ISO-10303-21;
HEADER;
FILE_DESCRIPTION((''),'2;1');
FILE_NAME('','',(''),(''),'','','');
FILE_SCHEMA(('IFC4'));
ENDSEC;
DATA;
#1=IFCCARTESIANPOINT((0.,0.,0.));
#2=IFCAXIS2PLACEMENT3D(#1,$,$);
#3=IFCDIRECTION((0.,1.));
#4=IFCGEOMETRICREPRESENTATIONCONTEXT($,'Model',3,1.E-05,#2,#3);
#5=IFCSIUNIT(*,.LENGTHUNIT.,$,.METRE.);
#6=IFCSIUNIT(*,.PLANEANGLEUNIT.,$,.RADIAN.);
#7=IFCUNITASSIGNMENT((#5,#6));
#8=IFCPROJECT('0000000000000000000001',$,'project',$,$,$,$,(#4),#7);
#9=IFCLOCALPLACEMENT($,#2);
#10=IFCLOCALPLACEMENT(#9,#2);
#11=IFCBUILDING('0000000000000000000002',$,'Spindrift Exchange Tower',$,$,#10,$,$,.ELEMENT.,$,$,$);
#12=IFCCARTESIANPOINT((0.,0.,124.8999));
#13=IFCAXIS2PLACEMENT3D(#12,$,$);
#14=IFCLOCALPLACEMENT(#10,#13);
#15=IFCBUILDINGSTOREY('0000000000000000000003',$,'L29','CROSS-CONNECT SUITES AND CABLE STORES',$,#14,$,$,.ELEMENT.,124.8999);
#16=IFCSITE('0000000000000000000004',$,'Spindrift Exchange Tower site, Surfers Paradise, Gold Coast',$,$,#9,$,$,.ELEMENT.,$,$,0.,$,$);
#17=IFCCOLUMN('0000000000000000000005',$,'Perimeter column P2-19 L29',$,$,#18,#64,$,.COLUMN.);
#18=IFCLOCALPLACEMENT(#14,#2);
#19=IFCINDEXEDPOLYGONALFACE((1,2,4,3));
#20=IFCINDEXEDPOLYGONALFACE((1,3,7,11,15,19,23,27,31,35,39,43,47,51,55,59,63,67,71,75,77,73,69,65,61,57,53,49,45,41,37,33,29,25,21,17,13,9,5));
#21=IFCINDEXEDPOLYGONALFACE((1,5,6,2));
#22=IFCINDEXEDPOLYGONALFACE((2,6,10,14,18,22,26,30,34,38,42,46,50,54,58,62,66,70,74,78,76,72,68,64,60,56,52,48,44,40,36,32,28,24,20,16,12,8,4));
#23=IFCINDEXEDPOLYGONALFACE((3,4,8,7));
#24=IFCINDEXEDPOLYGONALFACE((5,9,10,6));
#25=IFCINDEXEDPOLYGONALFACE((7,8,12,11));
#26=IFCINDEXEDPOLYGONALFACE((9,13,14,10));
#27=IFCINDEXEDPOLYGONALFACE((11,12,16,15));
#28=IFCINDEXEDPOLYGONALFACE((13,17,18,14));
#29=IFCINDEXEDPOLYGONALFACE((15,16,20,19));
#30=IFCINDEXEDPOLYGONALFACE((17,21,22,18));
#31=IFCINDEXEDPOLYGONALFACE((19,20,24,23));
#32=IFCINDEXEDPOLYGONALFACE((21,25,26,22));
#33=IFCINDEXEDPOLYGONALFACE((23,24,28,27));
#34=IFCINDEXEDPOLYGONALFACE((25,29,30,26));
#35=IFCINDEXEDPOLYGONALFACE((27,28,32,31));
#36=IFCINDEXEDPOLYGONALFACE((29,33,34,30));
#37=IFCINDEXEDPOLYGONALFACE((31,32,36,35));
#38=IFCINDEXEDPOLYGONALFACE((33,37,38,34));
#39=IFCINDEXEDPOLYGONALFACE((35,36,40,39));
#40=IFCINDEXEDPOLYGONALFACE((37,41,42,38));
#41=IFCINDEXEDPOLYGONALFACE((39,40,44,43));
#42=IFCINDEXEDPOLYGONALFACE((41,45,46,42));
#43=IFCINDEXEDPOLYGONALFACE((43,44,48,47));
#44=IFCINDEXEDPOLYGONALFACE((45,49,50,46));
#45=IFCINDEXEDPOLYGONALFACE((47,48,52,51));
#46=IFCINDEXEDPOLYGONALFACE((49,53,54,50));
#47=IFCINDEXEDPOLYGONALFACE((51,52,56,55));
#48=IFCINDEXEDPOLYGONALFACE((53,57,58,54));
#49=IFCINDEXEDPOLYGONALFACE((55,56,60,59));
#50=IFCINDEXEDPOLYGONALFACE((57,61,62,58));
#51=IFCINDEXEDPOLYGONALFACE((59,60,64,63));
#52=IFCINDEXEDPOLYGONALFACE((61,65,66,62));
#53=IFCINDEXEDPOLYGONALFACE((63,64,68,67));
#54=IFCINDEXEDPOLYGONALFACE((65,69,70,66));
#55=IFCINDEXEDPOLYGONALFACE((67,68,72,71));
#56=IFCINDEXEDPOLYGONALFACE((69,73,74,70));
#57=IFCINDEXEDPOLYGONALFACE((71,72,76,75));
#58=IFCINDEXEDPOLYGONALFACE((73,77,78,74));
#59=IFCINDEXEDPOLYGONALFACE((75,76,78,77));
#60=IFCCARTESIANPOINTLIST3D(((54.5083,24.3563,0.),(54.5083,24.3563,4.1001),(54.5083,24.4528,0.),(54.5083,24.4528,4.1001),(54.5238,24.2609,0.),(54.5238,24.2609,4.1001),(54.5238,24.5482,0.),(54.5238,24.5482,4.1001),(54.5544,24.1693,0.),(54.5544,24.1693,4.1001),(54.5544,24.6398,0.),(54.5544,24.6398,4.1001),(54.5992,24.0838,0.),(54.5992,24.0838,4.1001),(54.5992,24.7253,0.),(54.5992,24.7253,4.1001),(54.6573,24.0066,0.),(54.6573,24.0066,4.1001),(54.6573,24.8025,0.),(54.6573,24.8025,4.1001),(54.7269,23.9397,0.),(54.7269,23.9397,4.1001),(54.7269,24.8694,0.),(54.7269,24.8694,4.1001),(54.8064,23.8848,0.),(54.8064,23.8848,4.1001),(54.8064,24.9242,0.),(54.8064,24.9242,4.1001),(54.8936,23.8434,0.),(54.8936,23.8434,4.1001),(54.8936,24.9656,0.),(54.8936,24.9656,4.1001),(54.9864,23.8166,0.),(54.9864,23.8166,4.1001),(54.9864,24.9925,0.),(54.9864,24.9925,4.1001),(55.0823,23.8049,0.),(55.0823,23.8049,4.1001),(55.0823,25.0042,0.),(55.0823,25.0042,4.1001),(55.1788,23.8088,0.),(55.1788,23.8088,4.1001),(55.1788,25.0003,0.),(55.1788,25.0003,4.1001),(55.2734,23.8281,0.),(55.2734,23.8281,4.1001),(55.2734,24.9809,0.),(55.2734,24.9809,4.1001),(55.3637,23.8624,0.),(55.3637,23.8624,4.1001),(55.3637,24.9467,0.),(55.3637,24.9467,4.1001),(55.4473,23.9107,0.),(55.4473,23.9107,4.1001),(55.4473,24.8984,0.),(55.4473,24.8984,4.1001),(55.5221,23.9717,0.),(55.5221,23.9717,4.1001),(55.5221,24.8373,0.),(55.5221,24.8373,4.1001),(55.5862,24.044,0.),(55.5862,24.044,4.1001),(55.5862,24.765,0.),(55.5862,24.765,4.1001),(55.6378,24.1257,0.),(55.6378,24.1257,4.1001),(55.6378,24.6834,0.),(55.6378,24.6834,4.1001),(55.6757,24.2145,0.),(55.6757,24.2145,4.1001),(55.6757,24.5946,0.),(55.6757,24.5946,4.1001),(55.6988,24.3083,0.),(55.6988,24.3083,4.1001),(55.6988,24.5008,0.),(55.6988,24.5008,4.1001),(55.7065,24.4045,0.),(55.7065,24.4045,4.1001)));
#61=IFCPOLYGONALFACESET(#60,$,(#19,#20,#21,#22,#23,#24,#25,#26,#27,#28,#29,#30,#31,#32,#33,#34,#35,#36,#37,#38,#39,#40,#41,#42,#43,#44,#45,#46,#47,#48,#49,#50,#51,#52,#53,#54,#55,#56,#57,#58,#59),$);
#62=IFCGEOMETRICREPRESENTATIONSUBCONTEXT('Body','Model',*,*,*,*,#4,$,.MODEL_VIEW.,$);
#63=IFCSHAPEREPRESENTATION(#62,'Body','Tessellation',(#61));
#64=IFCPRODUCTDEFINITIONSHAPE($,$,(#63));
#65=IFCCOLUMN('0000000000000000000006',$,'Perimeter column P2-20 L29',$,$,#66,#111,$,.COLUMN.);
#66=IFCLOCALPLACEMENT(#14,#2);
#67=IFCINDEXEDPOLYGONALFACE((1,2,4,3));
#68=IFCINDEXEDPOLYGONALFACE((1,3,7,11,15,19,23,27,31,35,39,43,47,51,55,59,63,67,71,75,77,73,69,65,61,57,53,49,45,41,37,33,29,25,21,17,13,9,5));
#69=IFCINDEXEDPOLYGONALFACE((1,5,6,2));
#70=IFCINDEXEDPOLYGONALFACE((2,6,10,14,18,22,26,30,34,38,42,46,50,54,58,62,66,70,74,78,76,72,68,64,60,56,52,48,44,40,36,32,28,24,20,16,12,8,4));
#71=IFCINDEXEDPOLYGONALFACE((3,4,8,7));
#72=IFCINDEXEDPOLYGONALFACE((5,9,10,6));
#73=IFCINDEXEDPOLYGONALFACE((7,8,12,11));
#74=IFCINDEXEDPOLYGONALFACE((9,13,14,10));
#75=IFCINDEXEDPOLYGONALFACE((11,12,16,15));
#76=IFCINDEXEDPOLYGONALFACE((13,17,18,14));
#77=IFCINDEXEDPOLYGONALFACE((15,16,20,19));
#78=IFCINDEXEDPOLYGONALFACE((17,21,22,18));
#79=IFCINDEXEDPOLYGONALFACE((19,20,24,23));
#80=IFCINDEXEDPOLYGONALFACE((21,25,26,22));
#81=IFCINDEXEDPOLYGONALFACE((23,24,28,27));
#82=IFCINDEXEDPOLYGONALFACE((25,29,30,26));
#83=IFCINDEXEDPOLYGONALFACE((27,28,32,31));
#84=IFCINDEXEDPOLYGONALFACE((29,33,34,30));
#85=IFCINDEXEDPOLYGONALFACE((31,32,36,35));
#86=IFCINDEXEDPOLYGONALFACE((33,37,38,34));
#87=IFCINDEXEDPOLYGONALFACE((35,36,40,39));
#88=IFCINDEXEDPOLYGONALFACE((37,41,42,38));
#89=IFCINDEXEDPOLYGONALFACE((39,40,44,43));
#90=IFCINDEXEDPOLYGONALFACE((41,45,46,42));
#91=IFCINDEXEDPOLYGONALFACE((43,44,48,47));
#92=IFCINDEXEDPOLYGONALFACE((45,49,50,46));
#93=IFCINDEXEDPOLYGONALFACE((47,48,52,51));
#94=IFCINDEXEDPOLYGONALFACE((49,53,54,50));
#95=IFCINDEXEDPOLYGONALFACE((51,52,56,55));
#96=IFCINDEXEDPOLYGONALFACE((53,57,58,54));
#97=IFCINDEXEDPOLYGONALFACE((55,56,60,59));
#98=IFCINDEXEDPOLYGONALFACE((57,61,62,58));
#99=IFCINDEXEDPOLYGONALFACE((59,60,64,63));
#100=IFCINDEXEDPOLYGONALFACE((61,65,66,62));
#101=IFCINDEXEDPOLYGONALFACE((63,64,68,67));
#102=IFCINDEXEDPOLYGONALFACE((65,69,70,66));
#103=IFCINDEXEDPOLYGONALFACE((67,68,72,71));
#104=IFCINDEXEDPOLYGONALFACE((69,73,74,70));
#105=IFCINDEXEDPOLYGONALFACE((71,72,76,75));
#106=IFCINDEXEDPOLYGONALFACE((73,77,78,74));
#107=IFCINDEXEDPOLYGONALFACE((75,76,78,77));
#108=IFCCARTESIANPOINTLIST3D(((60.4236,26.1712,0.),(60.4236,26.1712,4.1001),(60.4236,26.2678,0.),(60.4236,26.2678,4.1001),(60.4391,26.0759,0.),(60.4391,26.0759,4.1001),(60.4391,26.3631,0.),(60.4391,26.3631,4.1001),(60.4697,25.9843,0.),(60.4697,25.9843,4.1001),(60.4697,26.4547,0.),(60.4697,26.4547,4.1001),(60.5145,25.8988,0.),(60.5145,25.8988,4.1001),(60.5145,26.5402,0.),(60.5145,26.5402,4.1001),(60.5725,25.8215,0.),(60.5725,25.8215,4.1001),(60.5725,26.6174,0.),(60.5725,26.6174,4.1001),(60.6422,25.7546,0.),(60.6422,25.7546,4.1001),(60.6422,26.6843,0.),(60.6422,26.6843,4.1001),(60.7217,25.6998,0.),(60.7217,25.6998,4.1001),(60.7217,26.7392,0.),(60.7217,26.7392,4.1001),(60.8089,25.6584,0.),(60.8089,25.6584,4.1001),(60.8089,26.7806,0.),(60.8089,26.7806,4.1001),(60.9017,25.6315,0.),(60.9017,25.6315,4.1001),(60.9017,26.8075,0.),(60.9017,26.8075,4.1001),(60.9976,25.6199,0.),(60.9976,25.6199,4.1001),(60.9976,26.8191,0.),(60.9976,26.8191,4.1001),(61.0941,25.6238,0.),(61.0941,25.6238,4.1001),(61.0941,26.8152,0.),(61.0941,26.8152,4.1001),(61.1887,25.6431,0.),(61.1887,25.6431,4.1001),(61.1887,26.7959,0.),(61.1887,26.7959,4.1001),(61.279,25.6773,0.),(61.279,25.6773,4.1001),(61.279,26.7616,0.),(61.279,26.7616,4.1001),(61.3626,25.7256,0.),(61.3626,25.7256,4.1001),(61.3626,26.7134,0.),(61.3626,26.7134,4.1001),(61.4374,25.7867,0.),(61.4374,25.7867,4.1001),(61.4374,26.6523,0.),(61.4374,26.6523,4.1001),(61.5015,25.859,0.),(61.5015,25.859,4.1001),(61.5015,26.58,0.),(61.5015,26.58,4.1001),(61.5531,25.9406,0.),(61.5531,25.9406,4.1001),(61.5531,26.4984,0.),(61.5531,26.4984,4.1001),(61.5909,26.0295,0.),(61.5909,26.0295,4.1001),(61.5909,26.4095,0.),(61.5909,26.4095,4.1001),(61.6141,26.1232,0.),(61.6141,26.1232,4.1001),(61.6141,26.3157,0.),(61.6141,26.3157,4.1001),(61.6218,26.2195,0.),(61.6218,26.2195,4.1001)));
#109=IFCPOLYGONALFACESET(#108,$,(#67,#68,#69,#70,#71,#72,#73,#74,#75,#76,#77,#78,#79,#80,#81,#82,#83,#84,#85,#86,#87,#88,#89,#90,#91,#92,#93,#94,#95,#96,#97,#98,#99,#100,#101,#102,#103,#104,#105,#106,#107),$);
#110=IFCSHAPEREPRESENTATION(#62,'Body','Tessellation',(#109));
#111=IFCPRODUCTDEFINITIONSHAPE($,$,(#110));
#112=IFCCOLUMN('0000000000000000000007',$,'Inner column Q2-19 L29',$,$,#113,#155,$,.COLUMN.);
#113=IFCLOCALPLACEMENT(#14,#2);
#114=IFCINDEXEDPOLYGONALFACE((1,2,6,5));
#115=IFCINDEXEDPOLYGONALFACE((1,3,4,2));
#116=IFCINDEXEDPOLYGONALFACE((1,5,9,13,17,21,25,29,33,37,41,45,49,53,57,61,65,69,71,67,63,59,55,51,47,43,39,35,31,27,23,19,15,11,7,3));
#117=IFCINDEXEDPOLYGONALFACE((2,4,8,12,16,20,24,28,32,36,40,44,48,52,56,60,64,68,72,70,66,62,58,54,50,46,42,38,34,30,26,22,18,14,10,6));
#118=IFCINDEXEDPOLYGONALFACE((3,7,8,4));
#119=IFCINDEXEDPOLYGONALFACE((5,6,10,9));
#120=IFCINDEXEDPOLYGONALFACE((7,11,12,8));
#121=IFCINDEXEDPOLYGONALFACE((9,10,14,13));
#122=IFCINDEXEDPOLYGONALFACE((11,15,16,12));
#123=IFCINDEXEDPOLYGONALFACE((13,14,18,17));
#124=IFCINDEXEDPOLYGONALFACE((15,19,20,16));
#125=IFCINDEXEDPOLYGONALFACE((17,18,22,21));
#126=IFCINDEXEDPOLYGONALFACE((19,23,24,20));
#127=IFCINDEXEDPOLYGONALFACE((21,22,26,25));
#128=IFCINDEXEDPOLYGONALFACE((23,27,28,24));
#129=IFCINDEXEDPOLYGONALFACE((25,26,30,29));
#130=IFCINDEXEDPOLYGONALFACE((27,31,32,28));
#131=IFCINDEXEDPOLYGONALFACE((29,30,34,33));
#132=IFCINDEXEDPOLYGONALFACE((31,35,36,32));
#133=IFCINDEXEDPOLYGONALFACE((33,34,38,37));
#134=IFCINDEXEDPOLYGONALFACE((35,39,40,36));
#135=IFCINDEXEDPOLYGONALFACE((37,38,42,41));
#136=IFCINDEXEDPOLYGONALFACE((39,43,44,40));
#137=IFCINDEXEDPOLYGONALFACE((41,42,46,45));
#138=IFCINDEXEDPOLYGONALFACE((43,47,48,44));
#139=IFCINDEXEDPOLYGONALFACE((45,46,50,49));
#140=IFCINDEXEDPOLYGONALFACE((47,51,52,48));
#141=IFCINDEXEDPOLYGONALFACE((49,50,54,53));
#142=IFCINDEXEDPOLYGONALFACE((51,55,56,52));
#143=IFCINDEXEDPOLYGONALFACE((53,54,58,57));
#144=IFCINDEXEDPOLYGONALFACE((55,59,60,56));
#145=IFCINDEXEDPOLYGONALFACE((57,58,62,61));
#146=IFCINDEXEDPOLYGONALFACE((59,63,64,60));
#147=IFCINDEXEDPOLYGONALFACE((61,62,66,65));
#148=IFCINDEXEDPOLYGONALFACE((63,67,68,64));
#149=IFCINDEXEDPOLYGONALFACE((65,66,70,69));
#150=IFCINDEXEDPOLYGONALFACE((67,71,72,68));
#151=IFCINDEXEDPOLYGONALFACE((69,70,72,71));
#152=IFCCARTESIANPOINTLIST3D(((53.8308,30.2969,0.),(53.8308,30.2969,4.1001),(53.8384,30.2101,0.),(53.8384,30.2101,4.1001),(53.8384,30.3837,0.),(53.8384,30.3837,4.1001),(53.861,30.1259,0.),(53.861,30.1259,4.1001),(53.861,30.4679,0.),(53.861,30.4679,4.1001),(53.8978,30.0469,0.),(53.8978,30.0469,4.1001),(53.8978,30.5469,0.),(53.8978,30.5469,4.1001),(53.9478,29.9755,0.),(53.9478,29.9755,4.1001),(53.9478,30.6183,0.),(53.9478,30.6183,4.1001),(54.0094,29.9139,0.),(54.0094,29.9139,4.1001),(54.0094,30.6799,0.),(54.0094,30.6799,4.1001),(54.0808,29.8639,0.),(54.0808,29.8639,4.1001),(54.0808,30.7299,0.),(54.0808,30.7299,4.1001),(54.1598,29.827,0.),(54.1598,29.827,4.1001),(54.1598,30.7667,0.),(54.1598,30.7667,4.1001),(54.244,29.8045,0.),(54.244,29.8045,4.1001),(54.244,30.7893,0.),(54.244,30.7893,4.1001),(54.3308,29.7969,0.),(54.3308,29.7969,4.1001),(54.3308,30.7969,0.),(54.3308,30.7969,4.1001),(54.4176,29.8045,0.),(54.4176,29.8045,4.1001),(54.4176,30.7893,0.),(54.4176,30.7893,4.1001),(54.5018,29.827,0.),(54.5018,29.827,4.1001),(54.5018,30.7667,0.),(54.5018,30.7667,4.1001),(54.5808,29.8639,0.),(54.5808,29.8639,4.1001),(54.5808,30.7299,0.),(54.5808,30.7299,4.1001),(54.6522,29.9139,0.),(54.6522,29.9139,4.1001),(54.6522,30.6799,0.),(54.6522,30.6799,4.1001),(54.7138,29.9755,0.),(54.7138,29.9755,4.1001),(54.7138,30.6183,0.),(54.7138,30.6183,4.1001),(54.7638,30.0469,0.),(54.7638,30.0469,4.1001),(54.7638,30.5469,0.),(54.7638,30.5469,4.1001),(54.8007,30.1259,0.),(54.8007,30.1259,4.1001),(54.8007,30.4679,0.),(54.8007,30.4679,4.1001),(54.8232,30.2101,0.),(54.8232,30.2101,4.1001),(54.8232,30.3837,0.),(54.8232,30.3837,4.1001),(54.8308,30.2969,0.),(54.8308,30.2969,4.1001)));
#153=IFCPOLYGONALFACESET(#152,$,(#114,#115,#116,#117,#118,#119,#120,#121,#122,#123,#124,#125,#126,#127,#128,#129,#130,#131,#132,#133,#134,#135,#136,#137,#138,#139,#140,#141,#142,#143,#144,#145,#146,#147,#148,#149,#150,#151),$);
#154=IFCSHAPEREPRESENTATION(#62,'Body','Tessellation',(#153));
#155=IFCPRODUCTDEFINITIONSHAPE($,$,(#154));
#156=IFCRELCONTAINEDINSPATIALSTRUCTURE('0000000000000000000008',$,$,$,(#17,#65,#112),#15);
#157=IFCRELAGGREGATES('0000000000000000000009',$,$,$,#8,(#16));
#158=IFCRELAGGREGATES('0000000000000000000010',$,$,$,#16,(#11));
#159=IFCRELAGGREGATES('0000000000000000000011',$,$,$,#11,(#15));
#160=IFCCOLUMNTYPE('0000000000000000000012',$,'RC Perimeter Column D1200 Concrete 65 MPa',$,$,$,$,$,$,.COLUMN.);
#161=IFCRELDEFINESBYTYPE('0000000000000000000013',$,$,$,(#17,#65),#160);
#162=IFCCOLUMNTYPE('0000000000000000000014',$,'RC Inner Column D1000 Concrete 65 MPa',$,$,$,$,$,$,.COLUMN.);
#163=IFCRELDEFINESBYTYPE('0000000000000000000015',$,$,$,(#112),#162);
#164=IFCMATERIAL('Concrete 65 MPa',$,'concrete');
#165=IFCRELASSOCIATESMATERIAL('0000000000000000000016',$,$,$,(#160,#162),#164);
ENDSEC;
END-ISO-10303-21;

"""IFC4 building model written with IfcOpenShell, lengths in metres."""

from ifc_helpers import new_model, si_unit, direction, frame, origin, origin_2d, place, context, subcontext, project, spatial, circle, extrude, source, transform, mapped, material, material_profile, profile_set, type_object, element, save


model = new_model("IFC4")

# Units and contexts
model_context = context("Model", 3, precision=1e-05, world=origin(), true_north=direction((0.0, 1.0)))
body_context = subcontext(model_context, "Body", "Model", "MODEL_VIEW")
ifc_project = project(units=[si_unit("LENGTHUNIT", "METRE"), si_unit("PLANEANGLEUNIT", "RADIAN")], contexts=[model_context])

# Site, building, storey
site_placement = place(None, origin())
site = spatial("IfcSite", under=ifc_project, at=site_placement, Name="Spindrift Exchange Tower site, Surfers Paradise, Gold Coast", CompositionType="ELEMENT", RefElevation=0.0)
building_placement = place(site_placement, origin())
building = spatial("IfcBuilding", under=site, at=building_placement, Name="Spindrift Exchange Tower", CompositionType="ELEMENT")
storey_placement = place(building_placement, frame((0.0, 0.0, 124.8999)))
storey = spatial("IfcBuildingStorey", under=building, at=storey_placement, Name="L29", Description="CROSS-CONNECT SUITES AND CABLE STORES", CompositionType="ELEMENT", Elevation=124.8999)

# Columns
ifc_material_1 = material(Name="Concrete 65 MPa", Category="concrete")
ifc_material_profile_1 = material_profile(ifc_material_1, circle(Radius=0.6001, at=origin_2d()), Name="RC D1200")
ifc_profile_set_1 = profile_set([ifc_material_profile_1], Name="Concrete 65 MPa")
column_type_1 = type_object("IfcColumnType", Name="RC Perimeter Column D1200 Concrete 65 MPa", PredefinedType="COLUMN", material=ifc_profile_set_1)
shared_shape_1 = source(origin(), body_context, "Body", "SweptSolid", [
    extrude(circle(Radius=0.6001, at=origin_2d()), origin(), (0.0, 0.0, 1.0), 4.1001),
])
for number, where, z_axis, x_axis, name in (
    (1, (55.1064, 24.4045, 0.0), (0.0, 0.0, 1.0), (1.0, 0.0, 0.0), "Perimeter column P2-19 L29"),
    (2, (61.0217, 26.2195, 0.0), (0.0, 0.0, 1.0), (1.0, 0.0, 0.0), "Perimeter column P2-20 L29"),
):
    element("IfcColumn", number, at=place(storey_placement, frame(where, z_axis=z_axis, x_axis=x_axis)), inside=storey, type_object=column_type_1, Name=name, PredefinedType="COLUMN", context=body_context, shape_type="MappedRepresentation", body=[
        mapped(shared_shape_1, transform((0.0, 0.0, 0.0), scale=1.0)),
    ])
ifc_material_profile_2 = material_profile(ifc_material_1, circle(Radius=0.5, at=origin_2d()), Name="RC D1000")
ifc_profile_set_2 = profile_set([ifc_material_profile_2], Name="Concrete 65 MPa")
column_type_2 = type_object("IfcColumnType", Name="RC Inner Column D1000 Concrete 65 MPa", PredefinedType="COLUMN", material=ifc_profile_set_2)
shared_shape_2 = source(origin(), body_context, "Body", "SweptSolid", [
    extrude(circle(Radius=0.5, at=origin_2d()), origin(), (0.0, 0.0, 1.0), 4.1001),
])
column_placement = place(storey_placement, frame((54.3308, 30.2969, 0.0), z_axis=(0.0, 0.0, 1.0), x_axis=(1.0, 0.0, 0.0)))
element("IfcColumn", 3, at=column_placement, inside=storey, type_object=column_type_2, Name="Inner column Q2-19 L29", PredefinedType="COLUMN", context=body_context, shape_type="MappedRepresentation", body=[
    mapped(shared_shape_2, transform((0.0, 0.0, 0.0), scale=1.0)),
])

save(model, "model.ifc")
